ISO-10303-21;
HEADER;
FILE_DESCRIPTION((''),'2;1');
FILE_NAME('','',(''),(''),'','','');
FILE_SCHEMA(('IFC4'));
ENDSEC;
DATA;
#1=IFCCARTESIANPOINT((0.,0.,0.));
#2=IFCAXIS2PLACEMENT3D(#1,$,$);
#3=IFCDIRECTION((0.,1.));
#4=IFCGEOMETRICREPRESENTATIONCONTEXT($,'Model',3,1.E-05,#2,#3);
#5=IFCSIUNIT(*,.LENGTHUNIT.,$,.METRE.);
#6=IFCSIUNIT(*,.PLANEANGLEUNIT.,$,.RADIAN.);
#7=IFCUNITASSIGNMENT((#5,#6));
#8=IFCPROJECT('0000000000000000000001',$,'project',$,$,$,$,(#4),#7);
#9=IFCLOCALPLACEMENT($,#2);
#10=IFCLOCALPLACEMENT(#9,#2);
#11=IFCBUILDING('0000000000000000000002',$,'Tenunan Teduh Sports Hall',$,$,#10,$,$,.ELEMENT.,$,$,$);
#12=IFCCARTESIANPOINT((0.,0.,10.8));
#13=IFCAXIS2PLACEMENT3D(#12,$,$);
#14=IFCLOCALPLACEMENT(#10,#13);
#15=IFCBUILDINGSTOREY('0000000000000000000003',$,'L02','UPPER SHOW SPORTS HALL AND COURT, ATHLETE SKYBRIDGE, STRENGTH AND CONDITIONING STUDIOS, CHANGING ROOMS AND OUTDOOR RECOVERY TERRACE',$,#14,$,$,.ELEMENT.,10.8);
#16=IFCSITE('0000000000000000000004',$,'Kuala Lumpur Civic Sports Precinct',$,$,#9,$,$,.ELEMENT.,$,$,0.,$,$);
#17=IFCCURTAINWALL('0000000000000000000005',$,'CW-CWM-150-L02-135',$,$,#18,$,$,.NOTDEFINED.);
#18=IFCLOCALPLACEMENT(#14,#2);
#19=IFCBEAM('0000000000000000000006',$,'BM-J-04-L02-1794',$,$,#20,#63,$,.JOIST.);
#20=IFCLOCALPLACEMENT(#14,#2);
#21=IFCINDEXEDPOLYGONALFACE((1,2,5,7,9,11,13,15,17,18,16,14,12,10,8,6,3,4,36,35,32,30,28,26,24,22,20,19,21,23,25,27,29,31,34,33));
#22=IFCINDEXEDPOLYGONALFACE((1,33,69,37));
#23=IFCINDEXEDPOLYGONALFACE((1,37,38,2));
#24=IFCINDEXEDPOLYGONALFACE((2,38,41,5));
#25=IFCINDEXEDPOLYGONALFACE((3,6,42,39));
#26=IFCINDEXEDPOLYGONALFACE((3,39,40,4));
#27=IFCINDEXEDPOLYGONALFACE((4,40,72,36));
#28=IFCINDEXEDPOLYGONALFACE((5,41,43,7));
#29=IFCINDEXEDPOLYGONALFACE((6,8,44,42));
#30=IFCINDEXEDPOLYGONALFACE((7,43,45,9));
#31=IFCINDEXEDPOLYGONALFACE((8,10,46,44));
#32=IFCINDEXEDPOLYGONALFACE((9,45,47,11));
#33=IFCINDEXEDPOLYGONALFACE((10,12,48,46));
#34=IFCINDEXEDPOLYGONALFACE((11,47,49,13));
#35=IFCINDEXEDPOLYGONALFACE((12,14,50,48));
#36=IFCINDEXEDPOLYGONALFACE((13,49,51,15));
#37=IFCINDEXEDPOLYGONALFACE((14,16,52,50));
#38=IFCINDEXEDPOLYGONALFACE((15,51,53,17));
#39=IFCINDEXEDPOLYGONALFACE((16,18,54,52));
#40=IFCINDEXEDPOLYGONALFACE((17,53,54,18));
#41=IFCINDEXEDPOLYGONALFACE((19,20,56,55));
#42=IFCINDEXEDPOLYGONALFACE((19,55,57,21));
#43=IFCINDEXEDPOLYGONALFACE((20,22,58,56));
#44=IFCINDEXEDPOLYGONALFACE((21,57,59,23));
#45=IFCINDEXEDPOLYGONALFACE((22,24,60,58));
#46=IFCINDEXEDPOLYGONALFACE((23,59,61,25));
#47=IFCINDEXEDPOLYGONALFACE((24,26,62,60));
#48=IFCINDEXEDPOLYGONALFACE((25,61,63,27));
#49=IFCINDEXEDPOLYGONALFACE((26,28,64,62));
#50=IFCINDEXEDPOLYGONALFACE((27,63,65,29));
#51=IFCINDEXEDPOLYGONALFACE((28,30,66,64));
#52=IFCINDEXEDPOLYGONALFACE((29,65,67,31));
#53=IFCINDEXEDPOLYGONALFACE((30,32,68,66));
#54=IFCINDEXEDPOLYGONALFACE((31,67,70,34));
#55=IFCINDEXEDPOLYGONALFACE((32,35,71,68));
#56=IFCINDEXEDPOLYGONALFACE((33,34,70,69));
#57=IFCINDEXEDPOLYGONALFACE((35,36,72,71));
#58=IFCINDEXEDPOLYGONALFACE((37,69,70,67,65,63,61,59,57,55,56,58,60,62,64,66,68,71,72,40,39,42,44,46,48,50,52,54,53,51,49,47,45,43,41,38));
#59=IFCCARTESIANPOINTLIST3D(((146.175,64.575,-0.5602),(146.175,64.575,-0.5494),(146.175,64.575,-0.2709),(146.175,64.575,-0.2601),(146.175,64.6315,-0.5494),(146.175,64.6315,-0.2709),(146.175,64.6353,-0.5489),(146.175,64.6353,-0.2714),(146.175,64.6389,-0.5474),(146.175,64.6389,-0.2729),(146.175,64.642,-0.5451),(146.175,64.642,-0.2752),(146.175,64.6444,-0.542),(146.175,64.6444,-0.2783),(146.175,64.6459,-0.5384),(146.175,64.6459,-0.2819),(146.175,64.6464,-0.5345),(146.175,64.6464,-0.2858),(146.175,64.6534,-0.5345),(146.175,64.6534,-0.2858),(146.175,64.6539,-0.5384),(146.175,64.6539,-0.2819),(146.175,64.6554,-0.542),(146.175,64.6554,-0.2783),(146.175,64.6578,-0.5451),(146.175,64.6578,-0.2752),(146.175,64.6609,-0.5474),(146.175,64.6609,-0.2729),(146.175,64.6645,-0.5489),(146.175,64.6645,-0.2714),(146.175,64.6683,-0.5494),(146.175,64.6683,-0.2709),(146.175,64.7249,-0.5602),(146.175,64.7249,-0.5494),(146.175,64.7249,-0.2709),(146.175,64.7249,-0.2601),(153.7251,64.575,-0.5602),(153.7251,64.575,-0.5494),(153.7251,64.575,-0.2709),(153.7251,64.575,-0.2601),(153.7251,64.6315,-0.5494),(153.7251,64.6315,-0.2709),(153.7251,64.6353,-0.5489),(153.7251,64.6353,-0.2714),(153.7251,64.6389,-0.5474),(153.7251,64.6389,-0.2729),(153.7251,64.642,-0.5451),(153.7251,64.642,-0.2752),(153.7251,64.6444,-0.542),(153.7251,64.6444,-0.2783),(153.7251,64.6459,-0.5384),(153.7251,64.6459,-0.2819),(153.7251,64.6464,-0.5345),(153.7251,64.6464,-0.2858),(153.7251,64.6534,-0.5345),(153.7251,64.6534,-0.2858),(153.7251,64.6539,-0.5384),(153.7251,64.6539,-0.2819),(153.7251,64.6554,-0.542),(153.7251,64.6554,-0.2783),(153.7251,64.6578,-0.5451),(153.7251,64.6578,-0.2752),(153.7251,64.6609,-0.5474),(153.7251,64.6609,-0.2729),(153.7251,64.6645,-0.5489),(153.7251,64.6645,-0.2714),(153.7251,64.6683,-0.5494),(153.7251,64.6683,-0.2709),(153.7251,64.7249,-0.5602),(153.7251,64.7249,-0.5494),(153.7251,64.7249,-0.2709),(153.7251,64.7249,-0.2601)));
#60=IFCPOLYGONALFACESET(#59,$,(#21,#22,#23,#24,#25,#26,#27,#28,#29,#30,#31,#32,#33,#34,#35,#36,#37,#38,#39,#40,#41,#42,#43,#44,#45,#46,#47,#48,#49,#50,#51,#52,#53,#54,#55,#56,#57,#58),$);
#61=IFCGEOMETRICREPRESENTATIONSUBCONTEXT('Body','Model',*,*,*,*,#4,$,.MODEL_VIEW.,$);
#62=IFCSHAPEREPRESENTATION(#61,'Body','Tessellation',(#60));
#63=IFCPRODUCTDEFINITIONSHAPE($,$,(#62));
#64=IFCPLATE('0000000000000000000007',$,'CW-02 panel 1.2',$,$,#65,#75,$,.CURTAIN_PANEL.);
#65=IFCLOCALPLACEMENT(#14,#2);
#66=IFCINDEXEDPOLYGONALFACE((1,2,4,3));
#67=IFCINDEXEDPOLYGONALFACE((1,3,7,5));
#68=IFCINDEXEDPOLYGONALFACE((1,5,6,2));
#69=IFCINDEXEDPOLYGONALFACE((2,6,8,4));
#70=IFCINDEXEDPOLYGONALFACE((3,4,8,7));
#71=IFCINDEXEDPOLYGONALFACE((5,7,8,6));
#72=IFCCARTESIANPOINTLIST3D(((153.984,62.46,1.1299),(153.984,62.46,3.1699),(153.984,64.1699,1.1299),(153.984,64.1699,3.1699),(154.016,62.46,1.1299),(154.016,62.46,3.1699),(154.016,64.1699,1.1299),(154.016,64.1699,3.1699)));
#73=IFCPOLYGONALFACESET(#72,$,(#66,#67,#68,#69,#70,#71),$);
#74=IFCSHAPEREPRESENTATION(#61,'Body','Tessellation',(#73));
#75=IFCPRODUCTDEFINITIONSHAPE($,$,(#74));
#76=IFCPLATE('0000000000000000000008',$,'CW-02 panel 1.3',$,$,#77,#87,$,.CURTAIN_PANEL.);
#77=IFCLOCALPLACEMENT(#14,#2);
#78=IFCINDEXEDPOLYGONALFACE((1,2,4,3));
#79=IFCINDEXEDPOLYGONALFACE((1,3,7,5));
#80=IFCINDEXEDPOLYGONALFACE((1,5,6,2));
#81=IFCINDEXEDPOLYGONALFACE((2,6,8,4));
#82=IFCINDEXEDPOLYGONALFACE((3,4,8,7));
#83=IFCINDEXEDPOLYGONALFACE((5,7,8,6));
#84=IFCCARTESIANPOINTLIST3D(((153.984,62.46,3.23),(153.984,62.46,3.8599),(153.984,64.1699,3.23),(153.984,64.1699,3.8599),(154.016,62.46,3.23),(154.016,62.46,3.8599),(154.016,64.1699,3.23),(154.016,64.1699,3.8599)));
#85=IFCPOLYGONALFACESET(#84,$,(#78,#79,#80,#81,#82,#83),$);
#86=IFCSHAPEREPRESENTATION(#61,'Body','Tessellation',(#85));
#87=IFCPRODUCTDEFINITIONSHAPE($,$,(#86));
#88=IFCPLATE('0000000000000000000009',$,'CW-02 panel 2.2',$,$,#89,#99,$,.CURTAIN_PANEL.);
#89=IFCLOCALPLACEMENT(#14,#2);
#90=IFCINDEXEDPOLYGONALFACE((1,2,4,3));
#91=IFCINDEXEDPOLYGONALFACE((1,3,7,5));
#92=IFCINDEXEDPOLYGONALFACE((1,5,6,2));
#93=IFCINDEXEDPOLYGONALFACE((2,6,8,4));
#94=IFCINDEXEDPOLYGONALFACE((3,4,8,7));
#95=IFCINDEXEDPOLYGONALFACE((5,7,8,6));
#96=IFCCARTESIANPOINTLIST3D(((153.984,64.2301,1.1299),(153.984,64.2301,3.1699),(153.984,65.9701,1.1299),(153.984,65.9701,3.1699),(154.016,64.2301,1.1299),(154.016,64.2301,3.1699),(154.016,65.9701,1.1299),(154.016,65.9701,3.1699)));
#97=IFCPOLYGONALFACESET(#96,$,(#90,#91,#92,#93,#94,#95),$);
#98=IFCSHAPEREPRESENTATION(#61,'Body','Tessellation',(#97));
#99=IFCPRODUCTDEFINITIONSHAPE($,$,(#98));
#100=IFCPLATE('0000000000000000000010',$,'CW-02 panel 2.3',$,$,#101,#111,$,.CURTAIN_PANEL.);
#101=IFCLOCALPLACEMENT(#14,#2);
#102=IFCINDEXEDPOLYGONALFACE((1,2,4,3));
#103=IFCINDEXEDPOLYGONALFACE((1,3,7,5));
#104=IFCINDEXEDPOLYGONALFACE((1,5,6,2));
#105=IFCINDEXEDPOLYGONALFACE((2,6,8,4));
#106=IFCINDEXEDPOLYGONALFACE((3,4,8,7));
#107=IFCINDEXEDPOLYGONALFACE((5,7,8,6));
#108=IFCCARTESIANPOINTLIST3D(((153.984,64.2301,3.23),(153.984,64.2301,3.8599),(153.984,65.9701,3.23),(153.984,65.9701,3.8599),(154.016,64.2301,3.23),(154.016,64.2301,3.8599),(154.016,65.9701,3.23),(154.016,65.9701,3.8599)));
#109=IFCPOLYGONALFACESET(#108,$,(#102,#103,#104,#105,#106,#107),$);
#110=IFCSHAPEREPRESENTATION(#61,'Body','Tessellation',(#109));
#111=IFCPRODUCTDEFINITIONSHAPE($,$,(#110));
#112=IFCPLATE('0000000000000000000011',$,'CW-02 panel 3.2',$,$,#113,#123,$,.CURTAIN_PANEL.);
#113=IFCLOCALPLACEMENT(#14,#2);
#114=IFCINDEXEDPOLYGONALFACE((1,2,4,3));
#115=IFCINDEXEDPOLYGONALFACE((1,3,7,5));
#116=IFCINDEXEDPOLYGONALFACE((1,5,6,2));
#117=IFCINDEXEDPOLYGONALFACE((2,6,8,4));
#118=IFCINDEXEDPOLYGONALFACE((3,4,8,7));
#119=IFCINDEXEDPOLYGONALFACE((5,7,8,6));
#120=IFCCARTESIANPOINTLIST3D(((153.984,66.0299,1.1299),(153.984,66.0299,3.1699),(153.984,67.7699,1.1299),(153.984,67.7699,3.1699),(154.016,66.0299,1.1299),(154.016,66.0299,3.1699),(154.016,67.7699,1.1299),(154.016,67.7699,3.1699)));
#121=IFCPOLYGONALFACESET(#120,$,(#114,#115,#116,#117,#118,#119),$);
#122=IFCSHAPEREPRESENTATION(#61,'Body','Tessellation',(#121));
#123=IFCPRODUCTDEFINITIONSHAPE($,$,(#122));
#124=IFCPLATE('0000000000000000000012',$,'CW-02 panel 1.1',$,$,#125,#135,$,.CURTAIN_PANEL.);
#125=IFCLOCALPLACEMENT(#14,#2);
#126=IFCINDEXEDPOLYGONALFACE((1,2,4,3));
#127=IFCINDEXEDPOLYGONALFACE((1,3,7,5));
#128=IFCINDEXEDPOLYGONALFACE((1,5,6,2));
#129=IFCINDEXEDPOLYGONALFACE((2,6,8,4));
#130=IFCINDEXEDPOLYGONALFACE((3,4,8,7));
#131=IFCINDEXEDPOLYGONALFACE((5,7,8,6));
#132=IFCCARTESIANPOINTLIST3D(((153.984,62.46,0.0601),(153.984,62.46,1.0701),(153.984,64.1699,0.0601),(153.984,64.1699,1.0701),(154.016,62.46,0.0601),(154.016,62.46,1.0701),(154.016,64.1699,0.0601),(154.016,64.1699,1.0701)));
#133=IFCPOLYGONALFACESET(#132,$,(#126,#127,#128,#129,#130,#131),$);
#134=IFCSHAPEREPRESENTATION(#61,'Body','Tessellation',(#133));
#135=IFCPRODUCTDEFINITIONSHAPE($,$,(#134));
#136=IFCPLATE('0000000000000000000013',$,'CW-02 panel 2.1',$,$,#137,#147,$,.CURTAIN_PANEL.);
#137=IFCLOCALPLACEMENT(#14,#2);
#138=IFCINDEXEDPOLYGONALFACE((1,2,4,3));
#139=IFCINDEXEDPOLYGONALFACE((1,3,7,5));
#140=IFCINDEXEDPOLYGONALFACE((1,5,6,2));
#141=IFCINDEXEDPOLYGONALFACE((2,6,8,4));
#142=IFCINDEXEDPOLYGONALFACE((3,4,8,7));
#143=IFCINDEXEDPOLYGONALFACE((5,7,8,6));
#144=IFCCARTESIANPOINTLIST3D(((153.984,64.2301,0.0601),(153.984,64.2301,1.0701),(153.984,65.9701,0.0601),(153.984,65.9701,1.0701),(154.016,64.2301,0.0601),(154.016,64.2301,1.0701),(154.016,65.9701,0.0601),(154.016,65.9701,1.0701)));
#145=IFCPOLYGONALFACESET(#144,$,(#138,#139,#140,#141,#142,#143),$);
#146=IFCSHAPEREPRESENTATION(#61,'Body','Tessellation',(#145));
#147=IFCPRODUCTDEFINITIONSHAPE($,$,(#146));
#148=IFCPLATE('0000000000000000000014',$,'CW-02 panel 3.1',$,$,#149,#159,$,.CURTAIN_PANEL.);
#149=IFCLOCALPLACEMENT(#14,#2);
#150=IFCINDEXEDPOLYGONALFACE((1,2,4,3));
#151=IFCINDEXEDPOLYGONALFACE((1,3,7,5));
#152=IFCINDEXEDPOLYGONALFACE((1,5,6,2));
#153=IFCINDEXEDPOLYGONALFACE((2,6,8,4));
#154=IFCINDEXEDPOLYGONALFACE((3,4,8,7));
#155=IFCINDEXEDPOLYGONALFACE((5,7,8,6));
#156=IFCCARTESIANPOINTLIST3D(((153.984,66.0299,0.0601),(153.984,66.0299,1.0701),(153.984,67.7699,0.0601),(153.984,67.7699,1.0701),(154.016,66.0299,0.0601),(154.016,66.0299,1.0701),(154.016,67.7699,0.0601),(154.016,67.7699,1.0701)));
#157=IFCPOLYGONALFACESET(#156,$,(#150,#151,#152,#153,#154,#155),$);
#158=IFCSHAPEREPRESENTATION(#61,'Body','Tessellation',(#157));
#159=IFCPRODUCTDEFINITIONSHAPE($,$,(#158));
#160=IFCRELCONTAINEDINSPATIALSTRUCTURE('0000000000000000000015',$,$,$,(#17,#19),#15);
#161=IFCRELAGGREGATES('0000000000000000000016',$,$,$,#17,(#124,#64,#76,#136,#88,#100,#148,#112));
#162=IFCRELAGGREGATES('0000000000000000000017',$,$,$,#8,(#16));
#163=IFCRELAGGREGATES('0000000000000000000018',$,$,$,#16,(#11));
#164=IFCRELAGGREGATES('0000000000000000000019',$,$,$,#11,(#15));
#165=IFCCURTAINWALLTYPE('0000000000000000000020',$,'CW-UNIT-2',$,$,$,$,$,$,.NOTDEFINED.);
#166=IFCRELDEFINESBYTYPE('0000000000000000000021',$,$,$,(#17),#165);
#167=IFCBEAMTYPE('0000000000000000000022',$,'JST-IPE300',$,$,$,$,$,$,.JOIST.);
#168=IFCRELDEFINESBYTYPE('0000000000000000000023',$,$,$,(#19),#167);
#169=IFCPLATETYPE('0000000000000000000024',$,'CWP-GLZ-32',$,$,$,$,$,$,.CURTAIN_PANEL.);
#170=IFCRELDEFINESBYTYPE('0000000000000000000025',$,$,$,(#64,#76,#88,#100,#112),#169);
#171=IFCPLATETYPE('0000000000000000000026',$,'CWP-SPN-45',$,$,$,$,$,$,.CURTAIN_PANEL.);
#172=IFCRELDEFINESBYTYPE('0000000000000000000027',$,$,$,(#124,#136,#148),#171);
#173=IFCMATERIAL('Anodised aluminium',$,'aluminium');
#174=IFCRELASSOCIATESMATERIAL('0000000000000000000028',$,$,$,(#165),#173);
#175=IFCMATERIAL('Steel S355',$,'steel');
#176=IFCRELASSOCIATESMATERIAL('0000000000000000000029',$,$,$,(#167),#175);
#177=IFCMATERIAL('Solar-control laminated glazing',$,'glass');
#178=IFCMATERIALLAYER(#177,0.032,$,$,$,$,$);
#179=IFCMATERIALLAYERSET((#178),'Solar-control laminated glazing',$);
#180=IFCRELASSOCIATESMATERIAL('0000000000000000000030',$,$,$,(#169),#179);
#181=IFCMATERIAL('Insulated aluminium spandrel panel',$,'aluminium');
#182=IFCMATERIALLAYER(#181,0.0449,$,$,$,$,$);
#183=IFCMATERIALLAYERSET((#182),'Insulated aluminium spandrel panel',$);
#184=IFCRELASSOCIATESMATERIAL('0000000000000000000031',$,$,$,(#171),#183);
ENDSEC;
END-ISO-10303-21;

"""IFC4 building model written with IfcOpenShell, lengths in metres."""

from ifc_helpers import new_model, si_unit, direction, frame, origin, origin_2d, place, context, subcontext, project, spatial, rectangle, i_section, extrude, material, layer, layer_set, material_profile, profile_set, type_object, element, aggregate, save


model = new_model("IFC4")

# Units and contexts
model_context = context("Model", 3, precision=1e-05, world=origin(), true_north=direction((0.0, 1.0)))
body_context = subcontext(model_context, "Body", "Model", "MODEL_VIEW")
ifc_project = project(units=[si_unit("LENGTHUNIT", "METRE"), si_unit("PLANEANGLEUNIT", "RADIAN")], contexts=[model_context])

# Site, building, storey
site_placement = place(None, origin())
site = spatial("IfcSite", under=ifc_project, at=site_placement, Name="Kuala Lumpur Civic Sports Precinct", CompositionType="ELEMENT", RefElevation=0.0)
building_placement = place(site_placement, origin())
building = spatial("IfcBuilding", under=site, at=building_placement, Name="Tenunan Teduh Sports Hall", CompositionType="ELEMENT")
storey_placement = place(building_placement, frame((0.0, 0.0, 10.8)))
storey = spatial("IfcBuildingStorey", under=building, at=storey_placement, Name="L02", Description="UPPER SHOW SPORTS HALL AND COURT, ATHLETE SKYBRIDGE, STRENGTH AND CONDITIONING STUDIOS, CHANGING ROOMS AND OUTDOOR RECOVERY TERRACE", CompositionType="ELEMENT", Elevation=10.8)

# Curtain wall
ifc_material_1 = material(Name="Anodised aluminium", Category="aluminium")
curtain_wall_type = type_object("IfcCurtainWallType", Name="CW-UNIT-2", PredefinedType="NOTDEFINED", material=ifc_material_1)
curtain_wall_placement = place(storey_placement, origin())
curtain_wall = element("IfcCurtainWall", 1, at=curtain_wall_placement, inside=storey, type_object=curtain_wall_type, Name="CW-CWM-150-L02-135", PredefinedType="NOTDEFINED")

# Beam
ifc_material_2 = material(Name="Steel S355", Category="steel")
ifc_material_profile_1 = material_profile(ifc_material_2, i_section(OverallWidth=0.1499, OverallDepth=0.3, WebThickness=0.0071, FlangeThickness=0.0107, FilletRadius=0.0149, at=origin_2d()), Name="IPE 300")
ifc_profile_set_1 = profile_set([ifc_material_profile_1], Name="Steel S355")
beam_type = type_object("IfcBeamType", Name="JST-IPE300", PredefinedType="JOIST", material=ifc_profile_set_1)
beam_placement = place(storey_placement, frame((146.175, 64.6499, -0.4102), z_axis=(1.0, 0.0, 0.0), x_axis=(0.0, 1.0, 0.0)))
element("IfcBeam", 2, at=beam_placement, inside=storey, type_object=beam_type, Name="BM-J-04-L02-1794", PredefinedType="JOIST", context=body_context, shape_type="SweptSolid", body=[
    extrude(i_section(OverallWidth=0.1499, OverallDepth=0.3, WebThickness=0.0071, FlangeThickness=0.0107, FilletRadius=0.0149, at=origin_2d()), origin(), (0.0, 0.0, 1.0), 7.55),
])

# Plates
ifc_material_3 = material(Name="Solar-control laminated glazing", Category="glass")
ifc_layer_1 = layer(ifc_material_3, 0.032)
ifc_layer_set_1 = layer_set([ifc_layer_1], Name="Solar-control laminated glazing")
plate_type_1 = type_object("IfcPlateType", Name="CWP-GLZ-32", PredefinedType="CURTAIN_PANEL", material=ifc_layer_set_1)
plate_1_placement = place(storey_placement, frame((154.0, 63.3149, 1.1299), z_axis=(0.0, 0.0, 1.0), x_axis=(0.0, 1.0, 0.0)))
plate_1 = element("IfcPlate", 3, at=plate_1_placement, type_object=plate_type_1, Name="CW-02 panel 1.2", PredefinedType="CURTAIN_PANEL", context=body_context, shape_type="SweptSolid", body=[
    extrude(rectangle(XDim=1.71, YDim=0.032, at=origin_2d()), origin(), (0.0, 0.0, 1.0), 2.04),
])
plate_2_placement = place(storey_placement, frame((154.0, 63.3149, 3.23), z_axis=(0.0, 0.0, 1.0), x_axis=(0.0, 1.0, 0.0)))
plate_2 = element("IfcPlate", 4, at=plate_2_placement, type_object=plate_type_1, Name="CW-02 panel 1.3", PredefinedType="CURTAIN_PANEL", context=body_context, shape_type="SweptSolid", body=[
    extrude(rectangle(XDim=1.71, YDim=0.032, at=origin_2d()), origin(), (0.0, 0.0, 1.0), 0.6299),
])
plate_3_placement = place(storey_placement, frame((154.0, 65.1001, 1.1299), z_axis=(0.0, 0.0, 1.0), x_axis=(0.0, 1.0, 0.0)))
plate_3 = element("IfcPlate", 5, at=plate_3_placement, type_object=plate_type_1, Name="CW-02 panel 2.2", PredefinedType="CURTAIN_PANEL", context=body_context, shape_type="SweptSolid", body=[
    extrude(rectangle(XDim=1.74, YDim=0.032, at=origin_2d()), origin(), (0.0, 0.0, 1.0), 2.04),
])
plate_4_placement = place(storey_placement, frame((154.0, 65.1001, 3.23), z_axis=(0.0, 0.0, 1.0), x_axis=(0.0, 1.0, 0.0)))
plate_4 = element("IfcPlate", 6, at=plate_4_placement, type_object=plate_type_1, Name="CW-02 panel 2.3", PredefinedType="CURTAIN_PANEL", context=body_context, shape_type="SweptSolid", body=[
    extrude(rectangle(XDim=1.74, YDim=0.032, at=origin_2d()), origin(), (0.0, 0.0, 1.0), 0.6299),
])
plate_5_placement = place(storey_placement, frame((154.0, 66.8999, 1.1299), z_axis=(0.0, 0.0, 1.0), x_axis=(0.0, 1.0, 0.0)))
plate_5 = element("IfcPlate", 7, at=plate_5_placement, type_object=plate_type_1, Name="CW-02 panel 3.2", PredefinedType="CURTAIN_PANEL", context=body_context, shape_type="SweptSolid", body=[
    extrude(rectangle(XDim=1.74, YDim=0.032, at=origin_2d()), origin(), (0.0, 0.0, 1.0), 2.04),
])
ifc_material_4 = material(Name="Insulated aluminium spandrel panel", Category="aluminium")
ifc_layer_2 = layer(ifc_material_4, 0.0449)
ifc_layer_set_2 = layer_set([ifc_layer_2], Name="Insulated aluminium spandrel panel")
plate_type_2 = type_object("IfcPlateType", Name="CWP-SPN-45", PredefinedType="CURTAIN_PANEL", material=ifc_layer_set_2)
plate_6_placement = place(storey_placement, frame((154.0, 63.3149, 0.0601), z_axis=(0.0, 0.0, 1.0), x_axis=(0.0, 1.0, 0.0)))
plate_6 = element("IfcPlate", 8, at=plate_6_placement, type_object=plate_type_2, Name="CW-02 panel 1.1", PredefinedType="CURTAIN_PANEL", context=body_context, shape_type="SweptSolid", body=[
    extrude(rectangle(XDim=1.71, YDim=0.032, at=origin_2d()), origin(), (0.0, 0.0, 1.0), 1.01),
])
plate_7_placement = place(storey_placement, frame((154.0, 65.1001, 0.0601), z_axis=(0.0, 0.0, 1.0), x_axis=(0.0, 1.0, 0.0)))
plate_7 = element("IfcPlate", 9, at=plate_7_placement, type_object=plate_type_2, Name="CW-02 panel 2.1", PredefinedType="CURTAIN_PANEL", context=body_context, shape_type="SweptSolid", body=[
    extrude(rectangle(XDim=1.74, YDim=0.032, at=origin_2d()), origin(), (0.0, 0.0, 1.0), 1.01),
])
plate_8_placement = place(storey_placement, frame((154.0, 66.8999, 0.0601), z_axis=(0.0, 0.0, 1.0), x_axis=(0.0, 1.0, 0.0)))
plate_8 = element("IfcPlate", 10, at=plate_8_placement, type_object=plate_type_2, Name="CW-02 panel 3.1", PredefinedType="CURTAIN_PANEL", context=body_context, shape_type="SweptSolid", body=[
    extrude(rectangle(XDim=1.74, YDim=0.032, at=origin_2d()), origin(), (0.0, 0.0, 1.0), 1.01),
])
aggregate(curtain_wall, [plate_6, plate_1, plate_2, plate_7, plate_3, plate_4, plate_8, plate_5])

save(model, "model.ifc")
